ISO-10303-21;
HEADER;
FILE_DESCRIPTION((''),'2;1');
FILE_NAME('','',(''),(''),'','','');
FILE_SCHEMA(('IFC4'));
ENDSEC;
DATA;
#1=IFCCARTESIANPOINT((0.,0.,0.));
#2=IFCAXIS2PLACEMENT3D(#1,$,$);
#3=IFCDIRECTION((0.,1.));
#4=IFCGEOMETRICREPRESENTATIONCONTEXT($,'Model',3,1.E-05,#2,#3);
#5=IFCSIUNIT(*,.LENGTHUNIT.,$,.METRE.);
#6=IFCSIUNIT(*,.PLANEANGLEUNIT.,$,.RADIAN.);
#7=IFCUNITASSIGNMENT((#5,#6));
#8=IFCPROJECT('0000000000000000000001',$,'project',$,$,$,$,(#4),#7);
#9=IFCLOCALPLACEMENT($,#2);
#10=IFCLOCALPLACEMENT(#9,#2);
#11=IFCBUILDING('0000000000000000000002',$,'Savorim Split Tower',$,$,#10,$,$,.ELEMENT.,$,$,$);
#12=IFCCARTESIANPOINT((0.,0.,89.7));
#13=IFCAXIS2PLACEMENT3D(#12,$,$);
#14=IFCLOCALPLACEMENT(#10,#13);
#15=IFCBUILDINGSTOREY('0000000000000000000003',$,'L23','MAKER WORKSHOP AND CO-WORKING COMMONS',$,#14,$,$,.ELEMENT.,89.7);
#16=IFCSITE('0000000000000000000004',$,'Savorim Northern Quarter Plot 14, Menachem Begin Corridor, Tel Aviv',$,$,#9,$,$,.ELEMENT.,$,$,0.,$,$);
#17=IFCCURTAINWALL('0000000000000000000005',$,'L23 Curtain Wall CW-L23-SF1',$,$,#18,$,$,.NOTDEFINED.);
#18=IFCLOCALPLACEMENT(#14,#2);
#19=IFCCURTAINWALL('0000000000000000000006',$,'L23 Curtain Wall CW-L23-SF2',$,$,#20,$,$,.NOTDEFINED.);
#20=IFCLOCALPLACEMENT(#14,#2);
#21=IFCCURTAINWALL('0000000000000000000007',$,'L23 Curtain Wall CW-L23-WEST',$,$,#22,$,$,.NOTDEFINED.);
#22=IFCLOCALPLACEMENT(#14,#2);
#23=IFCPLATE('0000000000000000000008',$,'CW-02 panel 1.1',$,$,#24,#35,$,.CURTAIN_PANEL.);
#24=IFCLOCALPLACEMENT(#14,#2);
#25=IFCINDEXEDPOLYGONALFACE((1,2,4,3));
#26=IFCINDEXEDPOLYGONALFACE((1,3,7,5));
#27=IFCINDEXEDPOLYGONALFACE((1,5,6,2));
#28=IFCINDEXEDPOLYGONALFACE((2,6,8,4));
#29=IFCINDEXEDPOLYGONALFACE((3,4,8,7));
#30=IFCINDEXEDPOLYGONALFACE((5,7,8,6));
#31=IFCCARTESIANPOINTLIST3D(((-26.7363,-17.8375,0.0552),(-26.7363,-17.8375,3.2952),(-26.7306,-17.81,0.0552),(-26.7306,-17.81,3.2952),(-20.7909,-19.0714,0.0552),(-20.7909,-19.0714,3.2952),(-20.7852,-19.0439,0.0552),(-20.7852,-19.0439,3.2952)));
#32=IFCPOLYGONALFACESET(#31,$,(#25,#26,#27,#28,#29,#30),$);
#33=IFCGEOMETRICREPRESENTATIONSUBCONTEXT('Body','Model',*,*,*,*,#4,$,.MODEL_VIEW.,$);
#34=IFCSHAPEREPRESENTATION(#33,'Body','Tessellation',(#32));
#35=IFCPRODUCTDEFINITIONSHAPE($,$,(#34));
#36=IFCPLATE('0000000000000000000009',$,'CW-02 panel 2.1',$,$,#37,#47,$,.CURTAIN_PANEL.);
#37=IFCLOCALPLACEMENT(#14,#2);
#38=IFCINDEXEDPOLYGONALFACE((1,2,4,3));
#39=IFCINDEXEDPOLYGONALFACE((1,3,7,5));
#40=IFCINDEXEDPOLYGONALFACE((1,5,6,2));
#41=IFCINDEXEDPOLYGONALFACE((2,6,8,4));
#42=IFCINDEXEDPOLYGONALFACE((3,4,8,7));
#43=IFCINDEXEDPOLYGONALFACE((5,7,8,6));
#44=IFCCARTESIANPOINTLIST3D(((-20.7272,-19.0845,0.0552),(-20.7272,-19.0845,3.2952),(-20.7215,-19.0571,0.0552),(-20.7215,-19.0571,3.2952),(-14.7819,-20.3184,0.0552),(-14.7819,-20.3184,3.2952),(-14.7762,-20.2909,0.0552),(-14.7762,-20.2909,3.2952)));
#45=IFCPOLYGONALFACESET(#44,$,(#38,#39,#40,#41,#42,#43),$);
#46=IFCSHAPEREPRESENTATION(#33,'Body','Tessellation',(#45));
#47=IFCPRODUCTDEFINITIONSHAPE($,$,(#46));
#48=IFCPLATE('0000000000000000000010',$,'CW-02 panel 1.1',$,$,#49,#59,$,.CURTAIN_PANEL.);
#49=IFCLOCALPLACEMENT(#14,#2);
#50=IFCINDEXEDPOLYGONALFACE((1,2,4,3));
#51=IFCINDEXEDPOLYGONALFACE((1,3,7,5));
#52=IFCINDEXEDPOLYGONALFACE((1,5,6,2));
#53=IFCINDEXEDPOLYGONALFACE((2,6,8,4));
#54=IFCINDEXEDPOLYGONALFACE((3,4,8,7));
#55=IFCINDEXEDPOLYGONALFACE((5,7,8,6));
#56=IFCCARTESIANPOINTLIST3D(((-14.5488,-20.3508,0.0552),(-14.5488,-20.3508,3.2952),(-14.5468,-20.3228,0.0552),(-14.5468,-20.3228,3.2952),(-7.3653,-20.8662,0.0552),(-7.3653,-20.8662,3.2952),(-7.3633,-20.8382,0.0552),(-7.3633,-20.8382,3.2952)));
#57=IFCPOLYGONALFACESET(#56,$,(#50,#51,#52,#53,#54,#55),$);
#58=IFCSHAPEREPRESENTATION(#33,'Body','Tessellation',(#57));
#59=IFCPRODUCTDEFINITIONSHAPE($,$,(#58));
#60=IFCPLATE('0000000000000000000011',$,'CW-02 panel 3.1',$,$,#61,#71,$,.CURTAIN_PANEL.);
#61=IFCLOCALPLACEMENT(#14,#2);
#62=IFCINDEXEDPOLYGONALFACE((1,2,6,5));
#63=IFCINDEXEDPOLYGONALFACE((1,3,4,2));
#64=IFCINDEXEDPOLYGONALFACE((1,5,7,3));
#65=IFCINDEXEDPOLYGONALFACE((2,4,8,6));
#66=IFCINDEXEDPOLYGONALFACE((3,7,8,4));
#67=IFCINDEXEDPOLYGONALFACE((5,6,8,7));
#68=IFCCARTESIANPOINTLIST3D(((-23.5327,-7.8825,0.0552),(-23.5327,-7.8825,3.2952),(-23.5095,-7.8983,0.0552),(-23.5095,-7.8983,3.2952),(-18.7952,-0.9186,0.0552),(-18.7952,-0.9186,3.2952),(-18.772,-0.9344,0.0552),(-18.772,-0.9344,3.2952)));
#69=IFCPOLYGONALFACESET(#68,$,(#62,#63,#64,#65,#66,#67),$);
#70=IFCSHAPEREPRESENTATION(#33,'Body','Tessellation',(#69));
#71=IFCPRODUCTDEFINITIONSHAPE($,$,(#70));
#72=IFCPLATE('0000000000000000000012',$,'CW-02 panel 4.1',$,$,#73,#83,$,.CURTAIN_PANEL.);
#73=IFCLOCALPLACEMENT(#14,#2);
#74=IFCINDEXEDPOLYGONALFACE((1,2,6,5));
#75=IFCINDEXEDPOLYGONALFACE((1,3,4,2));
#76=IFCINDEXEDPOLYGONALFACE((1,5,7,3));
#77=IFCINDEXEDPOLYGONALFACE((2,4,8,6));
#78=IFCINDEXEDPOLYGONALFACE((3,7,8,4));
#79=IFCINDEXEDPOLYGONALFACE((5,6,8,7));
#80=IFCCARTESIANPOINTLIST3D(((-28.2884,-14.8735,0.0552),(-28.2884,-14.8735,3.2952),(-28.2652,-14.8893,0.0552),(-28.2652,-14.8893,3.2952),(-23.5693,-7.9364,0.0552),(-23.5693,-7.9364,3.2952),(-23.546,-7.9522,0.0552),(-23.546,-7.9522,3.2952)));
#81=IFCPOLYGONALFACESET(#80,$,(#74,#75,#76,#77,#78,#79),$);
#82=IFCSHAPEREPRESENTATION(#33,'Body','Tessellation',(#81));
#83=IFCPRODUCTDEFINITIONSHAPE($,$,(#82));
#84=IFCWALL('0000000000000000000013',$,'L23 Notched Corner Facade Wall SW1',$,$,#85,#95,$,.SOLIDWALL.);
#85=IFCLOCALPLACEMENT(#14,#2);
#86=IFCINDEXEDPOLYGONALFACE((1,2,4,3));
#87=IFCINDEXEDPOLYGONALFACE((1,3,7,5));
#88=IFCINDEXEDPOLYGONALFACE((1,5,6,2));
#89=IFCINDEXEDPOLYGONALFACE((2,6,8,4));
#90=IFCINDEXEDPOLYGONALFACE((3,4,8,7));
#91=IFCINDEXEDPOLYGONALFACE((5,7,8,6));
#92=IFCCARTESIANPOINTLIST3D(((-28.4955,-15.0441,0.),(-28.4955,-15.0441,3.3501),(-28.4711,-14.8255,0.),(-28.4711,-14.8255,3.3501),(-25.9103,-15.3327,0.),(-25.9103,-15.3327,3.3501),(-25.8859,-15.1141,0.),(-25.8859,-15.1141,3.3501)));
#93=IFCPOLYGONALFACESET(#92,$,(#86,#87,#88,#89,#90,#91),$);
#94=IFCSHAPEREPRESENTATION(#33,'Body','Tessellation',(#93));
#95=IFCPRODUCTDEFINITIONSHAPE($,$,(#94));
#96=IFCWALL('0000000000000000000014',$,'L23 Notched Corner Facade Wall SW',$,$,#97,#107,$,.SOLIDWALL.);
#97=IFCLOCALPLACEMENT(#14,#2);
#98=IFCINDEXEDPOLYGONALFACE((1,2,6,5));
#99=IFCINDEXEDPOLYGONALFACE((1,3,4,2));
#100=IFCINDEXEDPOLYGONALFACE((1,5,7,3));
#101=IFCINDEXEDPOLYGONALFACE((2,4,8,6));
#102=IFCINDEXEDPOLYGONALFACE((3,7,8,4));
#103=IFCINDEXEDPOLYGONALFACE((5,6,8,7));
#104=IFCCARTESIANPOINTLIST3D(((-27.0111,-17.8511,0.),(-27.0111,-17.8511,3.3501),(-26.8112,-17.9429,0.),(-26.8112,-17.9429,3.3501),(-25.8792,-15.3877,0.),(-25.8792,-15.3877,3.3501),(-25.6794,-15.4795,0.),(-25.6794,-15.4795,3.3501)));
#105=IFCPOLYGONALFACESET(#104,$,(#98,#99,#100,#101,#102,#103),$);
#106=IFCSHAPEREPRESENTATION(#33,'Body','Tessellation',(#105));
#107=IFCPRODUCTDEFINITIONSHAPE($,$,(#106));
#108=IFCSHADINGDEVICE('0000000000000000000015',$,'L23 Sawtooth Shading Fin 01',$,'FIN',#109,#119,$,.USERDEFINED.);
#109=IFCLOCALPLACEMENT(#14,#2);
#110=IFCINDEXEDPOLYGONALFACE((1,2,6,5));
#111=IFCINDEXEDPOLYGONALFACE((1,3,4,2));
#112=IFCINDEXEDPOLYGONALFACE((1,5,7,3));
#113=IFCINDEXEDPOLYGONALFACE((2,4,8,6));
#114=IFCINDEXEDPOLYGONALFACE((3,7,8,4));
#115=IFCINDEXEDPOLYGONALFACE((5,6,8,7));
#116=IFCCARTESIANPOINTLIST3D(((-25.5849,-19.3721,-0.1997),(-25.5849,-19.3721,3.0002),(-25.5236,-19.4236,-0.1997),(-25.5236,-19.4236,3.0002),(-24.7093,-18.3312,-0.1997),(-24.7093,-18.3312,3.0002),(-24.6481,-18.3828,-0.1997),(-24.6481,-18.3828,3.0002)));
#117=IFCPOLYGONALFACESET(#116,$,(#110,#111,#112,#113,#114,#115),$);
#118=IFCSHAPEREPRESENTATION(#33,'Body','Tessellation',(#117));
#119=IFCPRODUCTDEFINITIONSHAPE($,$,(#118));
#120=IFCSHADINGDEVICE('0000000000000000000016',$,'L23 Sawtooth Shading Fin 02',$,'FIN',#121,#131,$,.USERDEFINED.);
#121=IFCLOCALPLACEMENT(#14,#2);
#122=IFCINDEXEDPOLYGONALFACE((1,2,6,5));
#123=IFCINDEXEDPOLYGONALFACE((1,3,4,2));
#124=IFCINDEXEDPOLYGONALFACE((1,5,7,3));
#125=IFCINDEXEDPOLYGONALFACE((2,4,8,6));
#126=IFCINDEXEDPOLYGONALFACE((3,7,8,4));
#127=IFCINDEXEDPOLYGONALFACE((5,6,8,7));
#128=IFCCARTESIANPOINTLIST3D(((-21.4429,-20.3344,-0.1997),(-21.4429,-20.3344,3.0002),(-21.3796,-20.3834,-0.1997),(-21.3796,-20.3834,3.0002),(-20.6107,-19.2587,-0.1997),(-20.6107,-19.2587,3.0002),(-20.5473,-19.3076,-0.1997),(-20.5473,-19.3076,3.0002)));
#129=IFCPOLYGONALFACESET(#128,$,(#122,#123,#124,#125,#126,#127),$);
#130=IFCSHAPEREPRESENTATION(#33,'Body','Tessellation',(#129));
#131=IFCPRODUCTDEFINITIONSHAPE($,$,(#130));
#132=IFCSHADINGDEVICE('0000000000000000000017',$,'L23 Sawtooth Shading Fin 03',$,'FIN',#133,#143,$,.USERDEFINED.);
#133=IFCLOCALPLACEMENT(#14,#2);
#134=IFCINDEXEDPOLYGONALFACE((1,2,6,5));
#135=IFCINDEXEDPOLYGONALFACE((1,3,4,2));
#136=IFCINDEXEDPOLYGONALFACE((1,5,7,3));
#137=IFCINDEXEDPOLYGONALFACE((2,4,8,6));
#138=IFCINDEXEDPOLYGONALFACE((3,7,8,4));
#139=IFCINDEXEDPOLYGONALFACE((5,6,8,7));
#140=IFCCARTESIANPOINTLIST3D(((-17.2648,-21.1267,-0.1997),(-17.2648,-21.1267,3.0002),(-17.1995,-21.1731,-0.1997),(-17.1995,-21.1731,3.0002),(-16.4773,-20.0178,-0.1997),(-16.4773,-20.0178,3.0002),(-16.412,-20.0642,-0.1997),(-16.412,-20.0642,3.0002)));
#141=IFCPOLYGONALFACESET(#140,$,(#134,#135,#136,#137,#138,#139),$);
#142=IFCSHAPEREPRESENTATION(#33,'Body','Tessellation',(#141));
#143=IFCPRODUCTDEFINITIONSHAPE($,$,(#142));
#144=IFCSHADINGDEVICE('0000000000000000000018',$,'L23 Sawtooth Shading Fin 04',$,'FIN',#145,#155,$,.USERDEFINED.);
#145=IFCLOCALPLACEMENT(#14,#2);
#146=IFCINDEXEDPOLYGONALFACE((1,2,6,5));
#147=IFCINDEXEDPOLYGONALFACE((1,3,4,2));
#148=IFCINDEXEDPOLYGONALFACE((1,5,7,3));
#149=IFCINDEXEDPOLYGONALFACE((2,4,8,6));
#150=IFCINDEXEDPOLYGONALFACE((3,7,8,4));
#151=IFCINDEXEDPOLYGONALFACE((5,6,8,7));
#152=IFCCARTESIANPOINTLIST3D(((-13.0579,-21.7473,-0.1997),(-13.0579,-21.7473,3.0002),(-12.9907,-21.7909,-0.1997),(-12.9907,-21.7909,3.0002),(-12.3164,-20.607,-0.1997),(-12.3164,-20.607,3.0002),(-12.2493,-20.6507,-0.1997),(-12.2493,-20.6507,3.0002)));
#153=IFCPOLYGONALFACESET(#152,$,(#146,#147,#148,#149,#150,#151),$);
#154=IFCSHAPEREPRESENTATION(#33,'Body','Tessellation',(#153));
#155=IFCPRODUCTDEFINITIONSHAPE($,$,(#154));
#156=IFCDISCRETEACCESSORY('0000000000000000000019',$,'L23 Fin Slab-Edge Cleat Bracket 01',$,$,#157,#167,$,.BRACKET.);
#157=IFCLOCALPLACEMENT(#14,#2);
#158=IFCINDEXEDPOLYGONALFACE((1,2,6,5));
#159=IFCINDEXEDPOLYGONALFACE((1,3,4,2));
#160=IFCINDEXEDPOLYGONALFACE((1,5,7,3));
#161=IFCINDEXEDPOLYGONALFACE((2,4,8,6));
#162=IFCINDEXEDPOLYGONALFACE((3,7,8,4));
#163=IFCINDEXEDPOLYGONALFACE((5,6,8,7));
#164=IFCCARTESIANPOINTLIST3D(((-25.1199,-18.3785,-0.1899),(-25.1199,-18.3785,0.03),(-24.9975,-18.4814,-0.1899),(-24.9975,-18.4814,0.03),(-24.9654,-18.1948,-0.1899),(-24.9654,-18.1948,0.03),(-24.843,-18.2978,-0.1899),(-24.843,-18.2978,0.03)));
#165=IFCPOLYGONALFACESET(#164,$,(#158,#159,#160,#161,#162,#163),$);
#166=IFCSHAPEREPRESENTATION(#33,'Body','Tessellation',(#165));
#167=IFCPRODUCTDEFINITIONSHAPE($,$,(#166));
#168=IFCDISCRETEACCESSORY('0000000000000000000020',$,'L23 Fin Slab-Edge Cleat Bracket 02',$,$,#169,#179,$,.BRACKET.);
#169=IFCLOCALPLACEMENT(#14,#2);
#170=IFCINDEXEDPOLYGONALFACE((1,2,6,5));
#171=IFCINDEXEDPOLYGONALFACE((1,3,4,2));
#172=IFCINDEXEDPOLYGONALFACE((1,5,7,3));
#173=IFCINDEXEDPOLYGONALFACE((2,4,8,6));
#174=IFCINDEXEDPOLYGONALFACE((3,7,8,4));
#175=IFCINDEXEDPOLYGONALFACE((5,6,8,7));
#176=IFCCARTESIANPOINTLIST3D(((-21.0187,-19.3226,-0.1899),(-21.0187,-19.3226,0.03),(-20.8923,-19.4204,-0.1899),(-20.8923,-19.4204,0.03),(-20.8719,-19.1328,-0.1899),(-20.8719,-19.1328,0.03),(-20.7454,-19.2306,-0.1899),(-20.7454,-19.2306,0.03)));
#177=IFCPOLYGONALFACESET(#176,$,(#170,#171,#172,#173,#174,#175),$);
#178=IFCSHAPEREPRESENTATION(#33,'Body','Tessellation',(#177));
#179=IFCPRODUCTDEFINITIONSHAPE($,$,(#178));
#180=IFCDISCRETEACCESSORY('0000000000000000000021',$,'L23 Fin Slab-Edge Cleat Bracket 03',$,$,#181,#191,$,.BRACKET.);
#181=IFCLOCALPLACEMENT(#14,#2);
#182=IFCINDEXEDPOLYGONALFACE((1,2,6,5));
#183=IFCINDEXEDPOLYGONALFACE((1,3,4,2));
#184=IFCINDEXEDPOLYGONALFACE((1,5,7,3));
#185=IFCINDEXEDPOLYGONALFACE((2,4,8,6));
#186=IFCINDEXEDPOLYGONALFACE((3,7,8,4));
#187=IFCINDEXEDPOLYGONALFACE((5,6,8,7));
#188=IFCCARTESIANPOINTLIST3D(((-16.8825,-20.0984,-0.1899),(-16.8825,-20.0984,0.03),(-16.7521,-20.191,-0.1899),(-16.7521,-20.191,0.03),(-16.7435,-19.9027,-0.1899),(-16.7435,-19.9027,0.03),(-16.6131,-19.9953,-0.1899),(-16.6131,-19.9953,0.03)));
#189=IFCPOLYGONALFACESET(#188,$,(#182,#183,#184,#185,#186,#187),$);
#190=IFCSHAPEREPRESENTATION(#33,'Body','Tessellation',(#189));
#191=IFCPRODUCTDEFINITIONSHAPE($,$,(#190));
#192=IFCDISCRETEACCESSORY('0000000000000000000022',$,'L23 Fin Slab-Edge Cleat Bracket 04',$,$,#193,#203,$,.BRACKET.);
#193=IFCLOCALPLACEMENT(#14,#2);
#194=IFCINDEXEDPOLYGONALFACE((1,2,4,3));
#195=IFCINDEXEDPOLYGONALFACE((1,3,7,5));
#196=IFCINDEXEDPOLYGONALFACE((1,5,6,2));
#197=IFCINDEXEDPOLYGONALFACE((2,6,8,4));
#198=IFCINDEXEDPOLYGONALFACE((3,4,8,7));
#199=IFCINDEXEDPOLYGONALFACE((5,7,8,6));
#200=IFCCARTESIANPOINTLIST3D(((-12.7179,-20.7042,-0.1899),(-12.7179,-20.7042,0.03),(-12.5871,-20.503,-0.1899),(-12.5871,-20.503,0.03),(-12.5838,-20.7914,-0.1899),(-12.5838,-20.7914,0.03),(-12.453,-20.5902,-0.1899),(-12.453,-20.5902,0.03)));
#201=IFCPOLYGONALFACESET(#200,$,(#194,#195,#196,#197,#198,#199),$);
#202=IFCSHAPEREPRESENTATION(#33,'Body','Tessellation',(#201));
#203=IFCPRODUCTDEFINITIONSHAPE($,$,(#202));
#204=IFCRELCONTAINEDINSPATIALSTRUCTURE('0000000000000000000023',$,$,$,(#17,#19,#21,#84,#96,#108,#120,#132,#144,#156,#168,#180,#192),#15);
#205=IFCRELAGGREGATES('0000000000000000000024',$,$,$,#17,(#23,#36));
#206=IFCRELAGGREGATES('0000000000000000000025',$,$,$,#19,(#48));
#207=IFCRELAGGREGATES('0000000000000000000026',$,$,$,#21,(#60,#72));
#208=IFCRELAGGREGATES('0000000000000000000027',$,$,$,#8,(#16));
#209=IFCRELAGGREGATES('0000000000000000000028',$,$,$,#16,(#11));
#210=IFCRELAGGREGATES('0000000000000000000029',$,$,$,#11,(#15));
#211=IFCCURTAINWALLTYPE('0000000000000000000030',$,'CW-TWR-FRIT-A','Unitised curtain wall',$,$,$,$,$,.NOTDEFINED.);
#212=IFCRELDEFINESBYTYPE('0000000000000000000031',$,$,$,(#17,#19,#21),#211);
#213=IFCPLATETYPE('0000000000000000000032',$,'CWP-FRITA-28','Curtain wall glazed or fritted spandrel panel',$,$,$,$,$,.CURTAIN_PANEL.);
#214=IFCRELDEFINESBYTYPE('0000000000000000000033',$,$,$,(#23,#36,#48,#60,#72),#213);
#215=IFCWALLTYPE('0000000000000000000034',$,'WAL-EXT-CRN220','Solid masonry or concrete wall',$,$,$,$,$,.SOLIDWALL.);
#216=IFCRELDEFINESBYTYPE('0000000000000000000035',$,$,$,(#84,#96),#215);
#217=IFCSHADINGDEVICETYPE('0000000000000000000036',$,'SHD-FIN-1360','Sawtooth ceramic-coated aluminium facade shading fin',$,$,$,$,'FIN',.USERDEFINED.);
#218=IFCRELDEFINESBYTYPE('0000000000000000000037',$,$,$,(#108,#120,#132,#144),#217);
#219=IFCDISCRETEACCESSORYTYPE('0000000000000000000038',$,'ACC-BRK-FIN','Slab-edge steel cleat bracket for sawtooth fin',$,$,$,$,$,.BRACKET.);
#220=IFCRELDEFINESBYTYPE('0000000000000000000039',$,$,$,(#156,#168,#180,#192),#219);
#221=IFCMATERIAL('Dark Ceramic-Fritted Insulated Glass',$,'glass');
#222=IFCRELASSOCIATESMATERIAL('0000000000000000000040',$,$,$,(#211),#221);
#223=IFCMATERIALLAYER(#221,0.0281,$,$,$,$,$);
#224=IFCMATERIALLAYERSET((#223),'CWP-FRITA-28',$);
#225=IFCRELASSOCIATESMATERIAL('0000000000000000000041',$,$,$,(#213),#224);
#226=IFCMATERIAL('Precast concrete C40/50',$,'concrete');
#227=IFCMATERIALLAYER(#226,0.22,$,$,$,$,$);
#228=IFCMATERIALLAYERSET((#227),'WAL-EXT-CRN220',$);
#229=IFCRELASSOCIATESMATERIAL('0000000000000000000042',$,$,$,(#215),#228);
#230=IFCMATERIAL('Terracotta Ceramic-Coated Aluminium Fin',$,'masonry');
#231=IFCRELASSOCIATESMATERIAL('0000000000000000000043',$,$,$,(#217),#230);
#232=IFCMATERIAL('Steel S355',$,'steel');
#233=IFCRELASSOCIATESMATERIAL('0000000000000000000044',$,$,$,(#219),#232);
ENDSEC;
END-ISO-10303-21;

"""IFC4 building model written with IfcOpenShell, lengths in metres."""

from ifc_helpers import new_model, si_unit, direction, frame, frame_2d, origin, origin_2d, place, context, subcontext, project, spatial, rectangle, extrude, material, layer, layer_set, type_object, element, aggregate, save


model = new_model("IFC4")

# Units and contexts
model_context = context("Model", 3, precision=1e-05, world=origin(), true_north=direction((0.0, 1.0)))
body_context = subcontext(model_context, "Body", "Model", "MODEL_VIEW")
ifc_project = project(units=[si_unit("LENGTHUNIT", "METRE"), si_unit("PLANEANGLEUNIT", "RADIAN")], contexts=[model_context])

# Site, building, storey
site_placement = place(None, origin())
site = spatial("IfcSite", under=ifc_project, at=site_placement, Name="Savorim Northern Quarter Plot 14, Menachem Begin Corridor, Tel Aviv", CompositionType="ELEMENT", RefElevation=0.0)
building_placement = place(site_placement, origin())
building = spatial("IfcBuilding", under=site, at=building_placement, Name="Savorim Split Tower", CompositionType="ELEMENT")
storey_placement = place(building_placement, frame((0.0, 0.0, 89.7)))
storey = spatial("IfcBuildingStorey", under=building, at=storey_placement, Name="L23", Description="MAKER WORKSHOP AND CO-WORKING COMMONS", CompositionType="ELEMENT", Elevation=89.7)

# Shared definitions
ifc_material_1 = material(Name="Steel S355", Category="steel")

# Curtain wall
ifc_material_2 = material(Name="Dark Ceramic-Fritted Insulated Glass", Category="glass")
curtain_wall_type = type_object("IfcCurtainWallType", Name="CW-TWR-FRIT-A", Description="Unitised curtain wall", PredefinedType="NOTDEFINED", material=ifc_material_2)
curtain_wall_1_placement = place(storey_placement, origin())
curtain_wall_1 = element("IfcCurtainWall", 1, at=curtain_wall_1_placement, inside=storey, type_object=curtain_wall_type, Name="L23 Curtain Wall CW-L23-SF1", PredefinedType="NOTDEFINED")

# Curtain wall
curtain_wall_2_placement = place(storey_placement, origin())
curtain_wall_2 = element("IfcCurtainWall", 2, at=curtain_wall_2_placement, inside=storey, type_object=curtain_wall_type, Name="L23 Curtain Wall CW-L23-SF2", PredefinedType="NOTDEFINED")

# Curtain wall
curtain_wall_3_placement = place(storey_placement, origin())
curtain_wall_3 = element("IfcCurtainWall", 3, at=curtain_wall_3_placement, inside=storey, type_object=curtain_wall_type, Name="L23 Curtain Wall CW-L23-WEST", PredefinedType="NOTDEFINED")

# Plates
ifc_layer_1 = layer(ifc_material_2, 0.0281)
ifc_layer_set_1 = layer_set([ifc_layer_1], Name="CWP-FRITA-28")
plate_type = type_object("IfcPlateType", Name="CWP-FRITA-28", Description="Curtain wall glazed or fritted spandrel panel", PredefinedType="CURTAIN_PANEL", material=ifc_layer_set_1)
plate_1_placement = place(storey_placement, frame((-23.7607, -18.4407, 0.0552), z_axis=(0.0, 0.0, 1.0), x_axis=(0.979135, -0.20321, 0.0)))
plate_1 = element("IfcPlate", 4, at=plate_1_placement, type_object=plate_type, Name="CW-02 panel 1.1", PredefinedType="CURTAIN_PANEL", context=body_context, shape_type="SweptSolid", body=[
    extrude(rectangle(XDim=6.072, YDim=0.0281, at=origin_2d()), origin(), (0.0, 0.0, 1.0), 3.24),
])
plate_2_placement = place(storey_placement, frame((-17.7517, -19.6877, 0.0552), z_axis=(0.0, 0.0, 1.0), x_axis=(0.979135, -0.20321, 0.0)))
plate_2 = element("IfcPlate", 5, at=plate_2_placement, type_object=plate_type, Name="CW-02 panel 2.1", PredefinedType="CURTAIN_PANEL", context=body_context, shape_type="SweptSolid", body=[
    extrude(rectangle(XDim=6.072, YDim=0.0281, at=origin_2d()), origin(), (0.0, 0.0, 1.0), 3.24),
])
aggregate(curtain_wall_1, [plate_1, plate_2])
plate_3_placement = place(storey_placement, frame((-10.9561, -20.5945, 0.0552), z_axis=(0.0, 0.0, 1.0), x_axis=(0.997436, -0.071561, 0.0)))
plate_3 = element("IfcPlate", 6, at=plate_3_placement, type_object=plate_type, Name="CW-02 panel 1.1", PredefinedType="CURTAIN_PANEL", context=body_context, shape_type="SweptSolid", body=[
    extrude(rectangle(XDim=7.2019, YDim=0.0281, at=origin_2d()), origin(), (0.0, 0.0, 1.0), 3.24),
])
aggregate(curtain_wall_2, [plate_3])
plate_4_placement = place(storey_placement, frame((-21.1523, -4.4084, 0.0552), z_axis=(0.0, 0.0, 1.0), x_axis=(-0.562468, -0.826819, 0.0)))
plate_4 = element("IfcPlate", 7, at=plate_4_placement, type_object=plate_type, Name="CW-02 panel 3.1", PredefinedType="CURTAIN_PANEL", context=body_context, shape_type="SweptSolid", body=[
    extrude(rectangle(XDim=8.4226, YDim=0.0281, at=origin_2d()), origin(), (0.0, 0.0, 1.0), 3.24),
])
plate_5_placement = place(storey_placement, frame((-25.9172, -11.4128, 0.0552), z_axis=(0.0, 0.0, 1.0), x_axis=(-0.562468, -0.826819, 0.0)))
plate_5 = element("IfcPlate", 8, at=plate_5_placement, type_object=plate_type, Name="CW-02 panel 4.1", PredefinedType="CURTAIN_PANEL", context=body_context, shape_type="SweptSolid", body=[
    extrude(rectangle(XDim=8.3901, YDim=0.0281, at=origin_2d()), origin(), (0.0, 0.0, 1.0), 3.24),
])
aggregate(curtain_wall_3, [plate_4, plate_5])

# Walls
ifc_material_3 = material(Name="Precast concrete C40/50", Category="concrete")
ifc_layer_2 = layer(ifc_material_3, 0.22)
ifc_layer_set_2 = layer_set([ifc_layer_2], Name="WAL-EXT-CRN220")
wall_type = type_object("IfcWallType", Name="WAL-EXT-CRN220", Description="Solid masonry or concrete wall", PredefinedType="SOLIDWALL", material=ifc_layer_set_2)
wall_1_placement = place(storey_placement, frame((-25.8979, -15.2234, 0.0), z_axis=(0.0, 0.0, 1.0), x_axis=(-0.993828, 0.110936, 0.0)))
element("IfcWall", 9, at=wall_1_placement, inside=storey, type_object=wall_type, Name="L23 Notched Corner Facade Wall SW1", PredefinedType="SOLIDWALL", context=body_context, shape_type="SweptSolid", body=[
    extrude(rectangle(XDim=2.6013, YDim=0.22, at=frame_2d((1.3008, 0.0))), origin(), (0.0, 0.0, 1.0), 3.3501),
])
wall_2_placement = place(storey_placement, frame((-26.9111, -17.897, 0.0), z_axis=(0.0, 0.0, 1.0), x_axis=(0.417504, 0.908675, 0.0)))
element("IfcWall", 10, at=wall_2_placement, inside=storey, type_object=wall_type, Name="L23 Notched Corner Facade Wall SW", PredefinedType="SOLIDWALL", context=body_context, shape_type="SweptSolid", body=[
    extrude(rectangle(XDim=2.7109, YDim=0.22, at=frame_2d((1.3555, 0.0))), origin(), (0.0, 0.0, 1.0), 3.3501),
])

# Shading devices
ifc_material_4 = material(Name="Terracotta Ceramic-Coated Aluminium Fin", Category="masonry")
shading_device_type = type_object("IfcShadingDeviceType", Name="SHD-FIN-1360", Description="Sawtooth ceramic-coated aluminium facade shading fin", ElementType="FIN", PredefinedType="USERDEFINED", material=ifc_material_4)
for number, where, z_axis, x_axis, name in (
    (11, (-25.1165, -18.8774, -0.1997), (0.0, 0.0, 1.0), (-0.643719, -0.765262, 0.0), "L23 Sawtooth Shading Fin 01"),
    (12, (-20.9951, -19.821, -0.1997), (0.0, 0.0, 1.0), (-0.611868, -0.79096, 0.0), "L23 Sawtooth Shading Fin 02"),
    (13, (-16.8384, -20.5955, -0.1997), (0.0, 0.0, 1.0), (-0.578994, -0.815332, 0.0), "L23 Sawtooth Shading Fin 03"),
    (14, (-12.6536, -21.199, -0.1997), (0.0, 0.0, 1.0), (-0.545148, -0.83834, 0.0), "L23 Sawtooth Shading Fin 04"),
):
    element("IfcShadingDevice", number, at=place(storey_placement, frame(where, z_axis=z_axis, x_axis=x_axis)), inside=storey, type_object=shading_device_type, Name=name, ObjectType="FIN", PredefinedType="USERDEFINED", context=body_context, shape_type="SweptSolid", body=[
        extrude(rectangle(XDim=1.3601, YDim=0.0801, at=origin_2d()), origin(), (0.0, 0.0, 1.0), 3.2),
    ])

# Discrete accessories
discrete_accessory_type = type_object("IfcDiscreteAccessoryType", Name="ACC-BRK-FIN", Description="Slab-edge steel cleat bracket for sawtooth fin", PredefinedType="BRACKET", material=ifc_material_1)
for number, where, z_axis, x_axis, name in (
    (15, (-24.9814, -18.3381, -0.1899), (0.0, 0.0, 1.0), (-0.643719, -0.765262, 0.0), "L23 Fin Slab-Edge Cleat Bracket 01"),
    (16, (-20.8821, -19.2766, -0.1899), (0.0, 0.0, 1.0), (-0.611868, -0.79096, 0.0), "L23 Fin Slab-Edge Cleat Bracket 02"),
    (17, (-16.7478, -20.0469, -0.1899), (0.0, 0.0, 1.0), (-0.578994, -0.815332, 0.0), "L23 Fin Slab-Edge Cleat Bracket 03"),
    (18, (-12.5854, -20.6472, -0.1899), (0.0, 0.0, 1.0), (-0.545148, -0.83834, 0.0), "L23 Fin Slab-Edge Cleat Bracket 04"),
):
    element("IfcDiscreteAccessory", number, at=place(storey_placement, frame(where, z_axis=z_axis, x_axis=x_axis)), inside=storey, type_object=discrete_accessory_type, Name=name, PredefinedType="BRACKET", context=body_context, shape_type="SweptSolid", body=[
        extrude(rectangle(XDim=0.24, YDim=0.1599, at=origin_2d()), origin(), (0.0, 0.0, 1.0), 0.22),
    ])

save(model, "model.ifc")
